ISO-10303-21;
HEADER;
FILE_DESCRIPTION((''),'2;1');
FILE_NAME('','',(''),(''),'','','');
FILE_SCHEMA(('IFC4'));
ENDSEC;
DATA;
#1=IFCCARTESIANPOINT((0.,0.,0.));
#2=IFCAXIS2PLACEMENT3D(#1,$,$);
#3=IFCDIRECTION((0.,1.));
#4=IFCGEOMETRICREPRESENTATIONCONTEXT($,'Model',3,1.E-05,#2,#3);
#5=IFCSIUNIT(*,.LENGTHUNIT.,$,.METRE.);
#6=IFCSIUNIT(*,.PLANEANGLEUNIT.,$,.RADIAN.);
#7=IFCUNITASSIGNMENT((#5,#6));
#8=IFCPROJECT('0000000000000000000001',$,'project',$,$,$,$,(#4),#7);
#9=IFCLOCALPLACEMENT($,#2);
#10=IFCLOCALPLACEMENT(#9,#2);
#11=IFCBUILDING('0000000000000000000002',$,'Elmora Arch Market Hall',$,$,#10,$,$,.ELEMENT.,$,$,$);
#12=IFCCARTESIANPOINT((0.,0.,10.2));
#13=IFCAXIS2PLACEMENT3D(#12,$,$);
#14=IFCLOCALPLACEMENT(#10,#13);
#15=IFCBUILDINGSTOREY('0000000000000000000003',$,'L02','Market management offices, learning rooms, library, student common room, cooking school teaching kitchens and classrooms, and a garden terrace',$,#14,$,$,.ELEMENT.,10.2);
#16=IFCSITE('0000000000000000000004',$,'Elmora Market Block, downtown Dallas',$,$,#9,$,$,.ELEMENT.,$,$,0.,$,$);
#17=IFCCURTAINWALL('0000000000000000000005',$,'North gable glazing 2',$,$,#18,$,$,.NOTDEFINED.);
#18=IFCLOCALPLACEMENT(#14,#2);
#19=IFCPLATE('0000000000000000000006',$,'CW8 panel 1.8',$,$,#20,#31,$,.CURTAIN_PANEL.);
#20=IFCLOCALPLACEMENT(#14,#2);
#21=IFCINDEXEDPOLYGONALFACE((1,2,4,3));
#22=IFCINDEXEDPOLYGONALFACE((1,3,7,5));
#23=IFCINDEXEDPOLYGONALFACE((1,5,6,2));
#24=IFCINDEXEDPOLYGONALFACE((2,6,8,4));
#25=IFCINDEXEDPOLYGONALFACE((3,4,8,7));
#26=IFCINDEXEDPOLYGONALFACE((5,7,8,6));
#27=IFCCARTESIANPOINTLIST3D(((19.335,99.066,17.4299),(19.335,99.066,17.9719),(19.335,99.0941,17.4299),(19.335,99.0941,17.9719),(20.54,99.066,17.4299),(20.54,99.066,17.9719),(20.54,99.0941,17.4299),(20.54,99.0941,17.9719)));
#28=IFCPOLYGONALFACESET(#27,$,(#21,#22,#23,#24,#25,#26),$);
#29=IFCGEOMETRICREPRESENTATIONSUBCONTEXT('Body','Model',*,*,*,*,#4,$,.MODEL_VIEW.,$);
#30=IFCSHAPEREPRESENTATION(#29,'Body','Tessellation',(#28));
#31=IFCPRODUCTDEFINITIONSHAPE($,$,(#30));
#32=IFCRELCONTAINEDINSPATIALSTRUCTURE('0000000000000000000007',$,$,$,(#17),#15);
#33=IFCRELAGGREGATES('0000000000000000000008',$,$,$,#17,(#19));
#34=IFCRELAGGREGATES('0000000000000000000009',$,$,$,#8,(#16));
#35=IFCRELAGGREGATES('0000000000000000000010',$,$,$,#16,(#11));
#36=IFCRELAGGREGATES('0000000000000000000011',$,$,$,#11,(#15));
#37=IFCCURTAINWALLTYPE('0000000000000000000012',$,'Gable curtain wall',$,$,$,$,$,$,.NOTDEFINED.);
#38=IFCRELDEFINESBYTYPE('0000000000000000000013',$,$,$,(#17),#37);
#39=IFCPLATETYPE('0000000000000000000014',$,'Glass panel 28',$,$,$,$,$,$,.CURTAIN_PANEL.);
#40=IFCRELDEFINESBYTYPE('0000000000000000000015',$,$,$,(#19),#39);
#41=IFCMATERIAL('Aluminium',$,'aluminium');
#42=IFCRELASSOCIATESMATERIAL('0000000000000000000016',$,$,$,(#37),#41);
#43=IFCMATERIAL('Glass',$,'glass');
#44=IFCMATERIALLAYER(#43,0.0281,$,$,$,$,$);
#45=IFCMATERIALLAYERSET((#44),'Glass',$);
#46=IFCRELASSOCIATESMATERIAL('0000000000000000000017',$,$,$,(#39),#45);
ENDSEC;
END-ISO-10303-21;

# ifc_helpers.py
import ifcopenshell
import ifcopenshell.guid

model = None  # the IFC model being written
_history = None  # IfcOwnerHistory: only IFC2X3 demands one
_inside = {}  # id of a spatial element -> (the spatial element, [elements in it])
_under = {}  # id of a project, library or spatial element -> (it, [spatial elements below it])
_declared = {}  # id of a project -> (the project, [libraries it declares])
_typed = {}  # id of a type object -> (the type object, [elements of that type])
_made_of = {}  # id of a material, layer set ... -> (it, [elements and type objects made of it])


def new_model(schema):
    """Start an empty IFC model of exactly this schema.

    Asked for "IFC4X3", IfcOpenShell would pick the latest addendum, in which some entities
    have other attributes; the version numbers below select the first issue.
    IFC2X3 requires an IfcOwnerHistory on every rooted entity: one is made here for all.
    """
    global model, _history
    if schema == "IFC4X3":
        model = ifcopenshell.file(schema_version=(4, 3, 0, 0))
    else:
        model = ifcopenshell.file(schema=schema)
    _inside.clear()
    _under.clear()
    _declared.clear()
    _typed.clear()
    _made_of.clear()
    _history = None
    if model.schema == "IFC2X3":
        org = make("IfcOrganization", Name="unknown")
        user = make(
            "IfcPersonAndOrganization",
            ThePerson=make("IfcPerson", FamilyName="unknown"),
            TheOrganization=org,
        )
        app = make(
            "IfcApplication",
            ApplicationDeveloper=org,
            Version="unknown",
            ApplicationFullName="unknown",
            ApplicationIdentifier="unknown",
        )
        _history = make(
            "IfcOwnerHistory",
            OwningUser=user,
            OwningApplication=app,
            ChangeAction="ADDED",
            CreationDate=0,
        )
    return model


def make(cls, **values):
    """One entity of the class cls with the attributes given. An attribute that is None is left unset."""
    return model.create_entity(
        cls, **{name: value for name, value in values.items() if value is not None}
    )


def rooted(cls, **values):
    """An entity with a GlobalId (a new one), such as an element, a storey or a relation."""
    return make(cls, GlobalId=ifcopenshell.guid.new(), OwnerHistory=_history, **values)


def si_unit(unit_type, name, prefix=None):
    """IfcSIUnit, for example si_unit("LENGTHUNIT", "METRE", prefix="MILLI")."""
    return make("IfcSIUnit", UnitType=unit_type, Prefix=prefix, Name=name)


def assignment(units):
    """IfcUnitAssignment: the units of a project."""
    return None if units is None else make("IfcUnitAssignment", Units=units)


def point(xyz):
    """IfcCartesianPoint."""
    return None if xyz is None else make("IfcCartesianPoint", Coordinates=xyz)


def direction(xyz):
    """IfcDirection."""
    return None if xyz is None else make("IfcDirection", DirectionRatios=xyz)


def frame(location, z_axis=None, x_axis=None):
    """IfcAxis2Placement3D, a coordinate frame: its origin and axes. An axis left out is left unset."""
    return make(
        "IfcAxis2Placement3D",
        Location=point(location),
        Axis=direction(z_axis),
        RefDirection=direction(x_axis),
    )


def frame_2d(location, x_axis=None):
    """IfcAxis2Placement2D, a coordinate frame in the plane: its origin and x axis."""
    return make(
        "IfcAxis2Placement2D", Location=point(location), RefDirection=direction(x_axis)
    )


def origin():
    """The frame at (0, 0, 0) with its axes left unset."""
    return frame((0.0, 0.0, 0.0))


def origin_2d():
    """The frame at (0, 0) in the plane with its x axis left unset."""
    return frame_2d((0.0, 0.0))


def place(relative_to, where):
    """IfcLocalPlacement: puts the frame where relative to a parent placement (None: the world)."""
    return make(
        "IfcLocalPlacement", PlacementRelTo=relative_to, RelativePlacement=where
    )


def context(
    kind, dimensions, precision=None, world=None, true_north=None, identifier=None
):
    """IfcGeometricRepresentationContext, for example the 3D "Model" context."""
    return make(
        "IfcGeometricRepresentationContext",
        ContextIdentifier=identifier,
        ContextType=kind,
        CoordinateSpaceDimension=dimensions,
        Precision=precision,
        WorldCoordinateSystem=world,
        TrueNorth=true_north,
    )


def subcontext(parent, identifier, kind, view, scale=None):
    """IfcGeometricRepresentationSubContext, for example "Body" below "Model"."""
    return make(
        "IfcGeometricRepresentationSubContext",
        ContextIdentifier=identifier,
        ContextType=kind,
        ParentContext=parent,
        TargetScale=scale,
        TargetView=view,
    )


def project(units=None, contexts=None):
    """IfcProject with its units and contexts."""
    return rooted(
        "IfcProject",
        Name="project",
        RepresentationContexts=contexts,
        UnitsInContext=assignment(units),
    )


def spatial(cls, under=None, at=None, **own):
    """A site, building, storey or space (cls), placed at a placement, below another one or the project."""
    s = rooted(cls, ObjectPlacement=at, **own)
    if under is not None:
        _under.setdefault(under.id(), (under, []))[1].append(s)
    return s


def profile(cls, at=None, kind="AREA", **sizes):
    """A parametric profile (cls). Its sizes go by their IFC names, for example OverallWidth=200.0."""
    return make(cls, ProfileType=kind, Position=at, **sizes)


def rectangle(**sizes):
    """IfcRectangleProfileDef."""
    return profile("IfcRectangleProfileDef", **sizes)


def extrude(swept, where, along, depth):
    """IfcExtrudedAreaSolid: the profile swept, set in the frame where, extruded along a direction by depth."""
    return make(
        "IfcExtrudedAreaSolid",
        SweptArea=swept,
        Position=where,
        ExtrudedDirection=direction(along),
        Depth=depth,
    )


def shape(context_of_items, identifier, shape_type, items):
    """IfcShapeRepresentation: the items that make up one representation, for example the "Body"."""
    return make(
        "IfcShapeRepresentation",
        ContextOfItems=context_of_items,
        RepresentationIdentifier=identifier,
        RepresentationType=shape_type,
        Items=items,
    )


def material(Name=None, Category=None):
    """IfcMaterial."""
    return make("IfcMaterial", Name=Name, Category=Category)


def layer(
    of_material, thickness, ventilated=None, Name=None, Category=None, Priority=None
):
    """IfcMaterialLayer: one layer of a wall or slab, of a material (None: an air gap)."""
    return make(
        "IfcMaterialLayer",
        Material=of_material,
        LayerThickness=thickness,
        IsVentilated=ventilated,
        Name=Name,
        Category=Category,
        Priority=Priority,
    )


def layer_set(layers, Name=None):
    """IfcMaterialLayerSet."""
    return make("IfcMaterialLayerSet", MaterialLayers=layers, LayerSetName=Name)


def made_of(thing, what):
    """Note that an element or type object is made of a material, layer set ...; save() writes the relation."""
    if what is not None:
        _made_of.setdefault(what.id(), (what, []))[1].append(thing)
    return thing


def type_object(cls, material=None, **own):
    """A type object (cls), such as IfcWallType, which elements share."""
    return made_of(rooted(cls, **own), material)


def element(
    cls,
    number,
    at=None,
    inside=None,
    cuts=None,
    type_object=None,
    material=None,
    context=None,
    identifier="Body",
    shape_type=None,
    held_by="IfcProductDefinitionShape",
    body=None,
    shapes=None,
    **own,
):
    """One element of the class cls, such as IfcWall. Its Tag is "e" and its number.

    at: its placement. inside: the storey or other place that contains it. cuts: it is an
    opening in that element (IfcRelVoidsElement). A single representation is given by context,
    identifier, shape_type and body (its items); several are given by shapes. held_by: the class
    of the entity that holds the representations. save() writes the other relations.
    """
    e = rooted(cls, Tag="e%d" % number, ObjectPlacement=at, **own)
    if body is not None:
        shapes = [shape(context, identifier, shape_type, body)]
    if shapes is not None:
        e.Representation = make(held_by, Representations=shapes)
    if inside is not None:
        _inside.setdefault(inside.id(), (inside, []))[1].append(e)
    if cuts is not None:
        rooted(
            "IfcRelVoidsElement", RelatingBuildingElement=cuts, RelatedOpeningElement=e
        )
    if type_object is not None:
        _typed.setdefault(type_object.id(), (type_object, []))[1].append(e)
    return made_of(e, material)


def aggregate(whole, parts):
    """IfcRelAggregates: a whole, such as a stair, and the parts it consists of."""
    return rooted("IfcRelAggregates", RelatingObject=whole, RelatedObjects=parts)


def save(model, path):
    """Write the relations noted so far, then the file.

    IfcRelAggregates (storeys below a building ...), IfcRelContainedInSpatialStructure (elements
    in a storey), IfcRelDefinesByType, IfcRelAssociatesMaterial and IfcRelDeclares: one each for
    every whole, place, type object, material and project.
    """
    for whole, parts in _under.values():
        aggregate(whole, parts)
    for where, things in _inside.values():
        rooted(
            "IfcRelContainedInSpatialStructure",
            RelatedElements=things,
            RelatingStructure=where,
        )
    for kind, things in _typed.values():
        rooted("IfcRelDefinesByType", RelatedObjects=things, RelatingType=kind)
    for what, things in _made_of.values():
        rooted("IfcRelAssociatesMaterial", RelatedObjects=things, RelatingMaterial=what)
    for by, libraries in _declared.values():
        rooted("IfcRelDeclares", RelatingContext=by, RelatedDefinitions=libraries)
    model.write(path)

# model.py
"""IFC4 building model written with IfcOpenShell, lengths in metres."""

from ifc_helpers import new_model, si_unit, direction, frame, origin, origin_2d, place, context, subcontext, project, spatial, rectangle, extrude, material, layer, layer_set, type_object, element, aggregate, save


model = new_model("IFC4")

# Units and contexts
model_context = context("Model", 3, precision=1e-05, world=origin(), true_north=direction((0.0, 1.0)))
body_context = subcontext(model_context, "Body", "Model", "MODEL_VIEW")
ifc_project = project(units=[si_unit("LENGTHUNIT", "METRE"), si_unit("PLANEANGLEUNIT", "RADIAN")], contexts=[model_context])

# Site, building, storey
site_placement = place(None, origin())
site = spatial("IfcSite", under=ifc_project, at=site_placement, Name="Elmora Market Block, downtown Dallas", CompositionType="ELEMENT", RefElevation=0.0)
building_placement = place(site_placement, origin())
building = spatial("IfcBuilding", under=site, at=building_placement, Name="Elmora Arch Market Hall", CompositionType="ELEMENT")
storey_placement = place(building_placement, frame((0.0, 0.0, 10.2)))
storey = spatial("IfcBuildingStorey", under=building, at=storey_placement, Name="L02", Description="Market management offices, learning rooms, library, student common room, cooking school teaching kitchens and classrooms, and a garden terrace", CompositionType="ELEMENT", Elevation=10.2)

# Curtain wall
ifc_material_1 = material(Name="Aluminium", Category="aluminium")
curtain_wall_type_1 = type_object("IfcCurtainWallType", Name="Gable curtain wall", PredefinedType="NOTDEFINED", material=ifc_material_1)
curtain_wall_1_placement = place(storey_placement, origin())
curtain_wall_1 = element("IfcCurtainWall", 1, at=curtain_wall_1_placement, inside=storey, type_object=curtain_wall_type_1, Name="North gable glazing 2", PredefinedType="NOTDEFINED")

# Plate
ifc_material_2 = material(Name="Glass", Category="glass")
ifc_layer = layer(ifc_material_2, 0.0281)
ifc_layer_set = layer_set([ifc_layer], Name="Glass")
plate_type = type_object("IfcPlateType", Name="Glass panel 28", PredefinedType="CURTAIN_PANEL", material=ifc_layer_set)
plate_1_placement = place(storey_placement, frame((19.9375, 99.0801, 17.4299), z_axis=(0.0, 0.0, 1.0), x_axis=(1.0, 0.0, 0.0)))
plate_1 = element("IfcPlate", 2, at=plate_1_placement, type_object=plate_type, Name="CW8 panel 1.8", PredefinedType="CURTAIN_PANEL", context=body_context, shape_type="SweptSolid", body=[
    extrude(rectangle(XDim=1.2051, YDim=0.0281, at=origin_2d()), origin(), (0.0, 0.0, 1.0), 0.542),
])
aggregate(curtain_wall_1, [plate_1])

save(model, "model.ifc")
